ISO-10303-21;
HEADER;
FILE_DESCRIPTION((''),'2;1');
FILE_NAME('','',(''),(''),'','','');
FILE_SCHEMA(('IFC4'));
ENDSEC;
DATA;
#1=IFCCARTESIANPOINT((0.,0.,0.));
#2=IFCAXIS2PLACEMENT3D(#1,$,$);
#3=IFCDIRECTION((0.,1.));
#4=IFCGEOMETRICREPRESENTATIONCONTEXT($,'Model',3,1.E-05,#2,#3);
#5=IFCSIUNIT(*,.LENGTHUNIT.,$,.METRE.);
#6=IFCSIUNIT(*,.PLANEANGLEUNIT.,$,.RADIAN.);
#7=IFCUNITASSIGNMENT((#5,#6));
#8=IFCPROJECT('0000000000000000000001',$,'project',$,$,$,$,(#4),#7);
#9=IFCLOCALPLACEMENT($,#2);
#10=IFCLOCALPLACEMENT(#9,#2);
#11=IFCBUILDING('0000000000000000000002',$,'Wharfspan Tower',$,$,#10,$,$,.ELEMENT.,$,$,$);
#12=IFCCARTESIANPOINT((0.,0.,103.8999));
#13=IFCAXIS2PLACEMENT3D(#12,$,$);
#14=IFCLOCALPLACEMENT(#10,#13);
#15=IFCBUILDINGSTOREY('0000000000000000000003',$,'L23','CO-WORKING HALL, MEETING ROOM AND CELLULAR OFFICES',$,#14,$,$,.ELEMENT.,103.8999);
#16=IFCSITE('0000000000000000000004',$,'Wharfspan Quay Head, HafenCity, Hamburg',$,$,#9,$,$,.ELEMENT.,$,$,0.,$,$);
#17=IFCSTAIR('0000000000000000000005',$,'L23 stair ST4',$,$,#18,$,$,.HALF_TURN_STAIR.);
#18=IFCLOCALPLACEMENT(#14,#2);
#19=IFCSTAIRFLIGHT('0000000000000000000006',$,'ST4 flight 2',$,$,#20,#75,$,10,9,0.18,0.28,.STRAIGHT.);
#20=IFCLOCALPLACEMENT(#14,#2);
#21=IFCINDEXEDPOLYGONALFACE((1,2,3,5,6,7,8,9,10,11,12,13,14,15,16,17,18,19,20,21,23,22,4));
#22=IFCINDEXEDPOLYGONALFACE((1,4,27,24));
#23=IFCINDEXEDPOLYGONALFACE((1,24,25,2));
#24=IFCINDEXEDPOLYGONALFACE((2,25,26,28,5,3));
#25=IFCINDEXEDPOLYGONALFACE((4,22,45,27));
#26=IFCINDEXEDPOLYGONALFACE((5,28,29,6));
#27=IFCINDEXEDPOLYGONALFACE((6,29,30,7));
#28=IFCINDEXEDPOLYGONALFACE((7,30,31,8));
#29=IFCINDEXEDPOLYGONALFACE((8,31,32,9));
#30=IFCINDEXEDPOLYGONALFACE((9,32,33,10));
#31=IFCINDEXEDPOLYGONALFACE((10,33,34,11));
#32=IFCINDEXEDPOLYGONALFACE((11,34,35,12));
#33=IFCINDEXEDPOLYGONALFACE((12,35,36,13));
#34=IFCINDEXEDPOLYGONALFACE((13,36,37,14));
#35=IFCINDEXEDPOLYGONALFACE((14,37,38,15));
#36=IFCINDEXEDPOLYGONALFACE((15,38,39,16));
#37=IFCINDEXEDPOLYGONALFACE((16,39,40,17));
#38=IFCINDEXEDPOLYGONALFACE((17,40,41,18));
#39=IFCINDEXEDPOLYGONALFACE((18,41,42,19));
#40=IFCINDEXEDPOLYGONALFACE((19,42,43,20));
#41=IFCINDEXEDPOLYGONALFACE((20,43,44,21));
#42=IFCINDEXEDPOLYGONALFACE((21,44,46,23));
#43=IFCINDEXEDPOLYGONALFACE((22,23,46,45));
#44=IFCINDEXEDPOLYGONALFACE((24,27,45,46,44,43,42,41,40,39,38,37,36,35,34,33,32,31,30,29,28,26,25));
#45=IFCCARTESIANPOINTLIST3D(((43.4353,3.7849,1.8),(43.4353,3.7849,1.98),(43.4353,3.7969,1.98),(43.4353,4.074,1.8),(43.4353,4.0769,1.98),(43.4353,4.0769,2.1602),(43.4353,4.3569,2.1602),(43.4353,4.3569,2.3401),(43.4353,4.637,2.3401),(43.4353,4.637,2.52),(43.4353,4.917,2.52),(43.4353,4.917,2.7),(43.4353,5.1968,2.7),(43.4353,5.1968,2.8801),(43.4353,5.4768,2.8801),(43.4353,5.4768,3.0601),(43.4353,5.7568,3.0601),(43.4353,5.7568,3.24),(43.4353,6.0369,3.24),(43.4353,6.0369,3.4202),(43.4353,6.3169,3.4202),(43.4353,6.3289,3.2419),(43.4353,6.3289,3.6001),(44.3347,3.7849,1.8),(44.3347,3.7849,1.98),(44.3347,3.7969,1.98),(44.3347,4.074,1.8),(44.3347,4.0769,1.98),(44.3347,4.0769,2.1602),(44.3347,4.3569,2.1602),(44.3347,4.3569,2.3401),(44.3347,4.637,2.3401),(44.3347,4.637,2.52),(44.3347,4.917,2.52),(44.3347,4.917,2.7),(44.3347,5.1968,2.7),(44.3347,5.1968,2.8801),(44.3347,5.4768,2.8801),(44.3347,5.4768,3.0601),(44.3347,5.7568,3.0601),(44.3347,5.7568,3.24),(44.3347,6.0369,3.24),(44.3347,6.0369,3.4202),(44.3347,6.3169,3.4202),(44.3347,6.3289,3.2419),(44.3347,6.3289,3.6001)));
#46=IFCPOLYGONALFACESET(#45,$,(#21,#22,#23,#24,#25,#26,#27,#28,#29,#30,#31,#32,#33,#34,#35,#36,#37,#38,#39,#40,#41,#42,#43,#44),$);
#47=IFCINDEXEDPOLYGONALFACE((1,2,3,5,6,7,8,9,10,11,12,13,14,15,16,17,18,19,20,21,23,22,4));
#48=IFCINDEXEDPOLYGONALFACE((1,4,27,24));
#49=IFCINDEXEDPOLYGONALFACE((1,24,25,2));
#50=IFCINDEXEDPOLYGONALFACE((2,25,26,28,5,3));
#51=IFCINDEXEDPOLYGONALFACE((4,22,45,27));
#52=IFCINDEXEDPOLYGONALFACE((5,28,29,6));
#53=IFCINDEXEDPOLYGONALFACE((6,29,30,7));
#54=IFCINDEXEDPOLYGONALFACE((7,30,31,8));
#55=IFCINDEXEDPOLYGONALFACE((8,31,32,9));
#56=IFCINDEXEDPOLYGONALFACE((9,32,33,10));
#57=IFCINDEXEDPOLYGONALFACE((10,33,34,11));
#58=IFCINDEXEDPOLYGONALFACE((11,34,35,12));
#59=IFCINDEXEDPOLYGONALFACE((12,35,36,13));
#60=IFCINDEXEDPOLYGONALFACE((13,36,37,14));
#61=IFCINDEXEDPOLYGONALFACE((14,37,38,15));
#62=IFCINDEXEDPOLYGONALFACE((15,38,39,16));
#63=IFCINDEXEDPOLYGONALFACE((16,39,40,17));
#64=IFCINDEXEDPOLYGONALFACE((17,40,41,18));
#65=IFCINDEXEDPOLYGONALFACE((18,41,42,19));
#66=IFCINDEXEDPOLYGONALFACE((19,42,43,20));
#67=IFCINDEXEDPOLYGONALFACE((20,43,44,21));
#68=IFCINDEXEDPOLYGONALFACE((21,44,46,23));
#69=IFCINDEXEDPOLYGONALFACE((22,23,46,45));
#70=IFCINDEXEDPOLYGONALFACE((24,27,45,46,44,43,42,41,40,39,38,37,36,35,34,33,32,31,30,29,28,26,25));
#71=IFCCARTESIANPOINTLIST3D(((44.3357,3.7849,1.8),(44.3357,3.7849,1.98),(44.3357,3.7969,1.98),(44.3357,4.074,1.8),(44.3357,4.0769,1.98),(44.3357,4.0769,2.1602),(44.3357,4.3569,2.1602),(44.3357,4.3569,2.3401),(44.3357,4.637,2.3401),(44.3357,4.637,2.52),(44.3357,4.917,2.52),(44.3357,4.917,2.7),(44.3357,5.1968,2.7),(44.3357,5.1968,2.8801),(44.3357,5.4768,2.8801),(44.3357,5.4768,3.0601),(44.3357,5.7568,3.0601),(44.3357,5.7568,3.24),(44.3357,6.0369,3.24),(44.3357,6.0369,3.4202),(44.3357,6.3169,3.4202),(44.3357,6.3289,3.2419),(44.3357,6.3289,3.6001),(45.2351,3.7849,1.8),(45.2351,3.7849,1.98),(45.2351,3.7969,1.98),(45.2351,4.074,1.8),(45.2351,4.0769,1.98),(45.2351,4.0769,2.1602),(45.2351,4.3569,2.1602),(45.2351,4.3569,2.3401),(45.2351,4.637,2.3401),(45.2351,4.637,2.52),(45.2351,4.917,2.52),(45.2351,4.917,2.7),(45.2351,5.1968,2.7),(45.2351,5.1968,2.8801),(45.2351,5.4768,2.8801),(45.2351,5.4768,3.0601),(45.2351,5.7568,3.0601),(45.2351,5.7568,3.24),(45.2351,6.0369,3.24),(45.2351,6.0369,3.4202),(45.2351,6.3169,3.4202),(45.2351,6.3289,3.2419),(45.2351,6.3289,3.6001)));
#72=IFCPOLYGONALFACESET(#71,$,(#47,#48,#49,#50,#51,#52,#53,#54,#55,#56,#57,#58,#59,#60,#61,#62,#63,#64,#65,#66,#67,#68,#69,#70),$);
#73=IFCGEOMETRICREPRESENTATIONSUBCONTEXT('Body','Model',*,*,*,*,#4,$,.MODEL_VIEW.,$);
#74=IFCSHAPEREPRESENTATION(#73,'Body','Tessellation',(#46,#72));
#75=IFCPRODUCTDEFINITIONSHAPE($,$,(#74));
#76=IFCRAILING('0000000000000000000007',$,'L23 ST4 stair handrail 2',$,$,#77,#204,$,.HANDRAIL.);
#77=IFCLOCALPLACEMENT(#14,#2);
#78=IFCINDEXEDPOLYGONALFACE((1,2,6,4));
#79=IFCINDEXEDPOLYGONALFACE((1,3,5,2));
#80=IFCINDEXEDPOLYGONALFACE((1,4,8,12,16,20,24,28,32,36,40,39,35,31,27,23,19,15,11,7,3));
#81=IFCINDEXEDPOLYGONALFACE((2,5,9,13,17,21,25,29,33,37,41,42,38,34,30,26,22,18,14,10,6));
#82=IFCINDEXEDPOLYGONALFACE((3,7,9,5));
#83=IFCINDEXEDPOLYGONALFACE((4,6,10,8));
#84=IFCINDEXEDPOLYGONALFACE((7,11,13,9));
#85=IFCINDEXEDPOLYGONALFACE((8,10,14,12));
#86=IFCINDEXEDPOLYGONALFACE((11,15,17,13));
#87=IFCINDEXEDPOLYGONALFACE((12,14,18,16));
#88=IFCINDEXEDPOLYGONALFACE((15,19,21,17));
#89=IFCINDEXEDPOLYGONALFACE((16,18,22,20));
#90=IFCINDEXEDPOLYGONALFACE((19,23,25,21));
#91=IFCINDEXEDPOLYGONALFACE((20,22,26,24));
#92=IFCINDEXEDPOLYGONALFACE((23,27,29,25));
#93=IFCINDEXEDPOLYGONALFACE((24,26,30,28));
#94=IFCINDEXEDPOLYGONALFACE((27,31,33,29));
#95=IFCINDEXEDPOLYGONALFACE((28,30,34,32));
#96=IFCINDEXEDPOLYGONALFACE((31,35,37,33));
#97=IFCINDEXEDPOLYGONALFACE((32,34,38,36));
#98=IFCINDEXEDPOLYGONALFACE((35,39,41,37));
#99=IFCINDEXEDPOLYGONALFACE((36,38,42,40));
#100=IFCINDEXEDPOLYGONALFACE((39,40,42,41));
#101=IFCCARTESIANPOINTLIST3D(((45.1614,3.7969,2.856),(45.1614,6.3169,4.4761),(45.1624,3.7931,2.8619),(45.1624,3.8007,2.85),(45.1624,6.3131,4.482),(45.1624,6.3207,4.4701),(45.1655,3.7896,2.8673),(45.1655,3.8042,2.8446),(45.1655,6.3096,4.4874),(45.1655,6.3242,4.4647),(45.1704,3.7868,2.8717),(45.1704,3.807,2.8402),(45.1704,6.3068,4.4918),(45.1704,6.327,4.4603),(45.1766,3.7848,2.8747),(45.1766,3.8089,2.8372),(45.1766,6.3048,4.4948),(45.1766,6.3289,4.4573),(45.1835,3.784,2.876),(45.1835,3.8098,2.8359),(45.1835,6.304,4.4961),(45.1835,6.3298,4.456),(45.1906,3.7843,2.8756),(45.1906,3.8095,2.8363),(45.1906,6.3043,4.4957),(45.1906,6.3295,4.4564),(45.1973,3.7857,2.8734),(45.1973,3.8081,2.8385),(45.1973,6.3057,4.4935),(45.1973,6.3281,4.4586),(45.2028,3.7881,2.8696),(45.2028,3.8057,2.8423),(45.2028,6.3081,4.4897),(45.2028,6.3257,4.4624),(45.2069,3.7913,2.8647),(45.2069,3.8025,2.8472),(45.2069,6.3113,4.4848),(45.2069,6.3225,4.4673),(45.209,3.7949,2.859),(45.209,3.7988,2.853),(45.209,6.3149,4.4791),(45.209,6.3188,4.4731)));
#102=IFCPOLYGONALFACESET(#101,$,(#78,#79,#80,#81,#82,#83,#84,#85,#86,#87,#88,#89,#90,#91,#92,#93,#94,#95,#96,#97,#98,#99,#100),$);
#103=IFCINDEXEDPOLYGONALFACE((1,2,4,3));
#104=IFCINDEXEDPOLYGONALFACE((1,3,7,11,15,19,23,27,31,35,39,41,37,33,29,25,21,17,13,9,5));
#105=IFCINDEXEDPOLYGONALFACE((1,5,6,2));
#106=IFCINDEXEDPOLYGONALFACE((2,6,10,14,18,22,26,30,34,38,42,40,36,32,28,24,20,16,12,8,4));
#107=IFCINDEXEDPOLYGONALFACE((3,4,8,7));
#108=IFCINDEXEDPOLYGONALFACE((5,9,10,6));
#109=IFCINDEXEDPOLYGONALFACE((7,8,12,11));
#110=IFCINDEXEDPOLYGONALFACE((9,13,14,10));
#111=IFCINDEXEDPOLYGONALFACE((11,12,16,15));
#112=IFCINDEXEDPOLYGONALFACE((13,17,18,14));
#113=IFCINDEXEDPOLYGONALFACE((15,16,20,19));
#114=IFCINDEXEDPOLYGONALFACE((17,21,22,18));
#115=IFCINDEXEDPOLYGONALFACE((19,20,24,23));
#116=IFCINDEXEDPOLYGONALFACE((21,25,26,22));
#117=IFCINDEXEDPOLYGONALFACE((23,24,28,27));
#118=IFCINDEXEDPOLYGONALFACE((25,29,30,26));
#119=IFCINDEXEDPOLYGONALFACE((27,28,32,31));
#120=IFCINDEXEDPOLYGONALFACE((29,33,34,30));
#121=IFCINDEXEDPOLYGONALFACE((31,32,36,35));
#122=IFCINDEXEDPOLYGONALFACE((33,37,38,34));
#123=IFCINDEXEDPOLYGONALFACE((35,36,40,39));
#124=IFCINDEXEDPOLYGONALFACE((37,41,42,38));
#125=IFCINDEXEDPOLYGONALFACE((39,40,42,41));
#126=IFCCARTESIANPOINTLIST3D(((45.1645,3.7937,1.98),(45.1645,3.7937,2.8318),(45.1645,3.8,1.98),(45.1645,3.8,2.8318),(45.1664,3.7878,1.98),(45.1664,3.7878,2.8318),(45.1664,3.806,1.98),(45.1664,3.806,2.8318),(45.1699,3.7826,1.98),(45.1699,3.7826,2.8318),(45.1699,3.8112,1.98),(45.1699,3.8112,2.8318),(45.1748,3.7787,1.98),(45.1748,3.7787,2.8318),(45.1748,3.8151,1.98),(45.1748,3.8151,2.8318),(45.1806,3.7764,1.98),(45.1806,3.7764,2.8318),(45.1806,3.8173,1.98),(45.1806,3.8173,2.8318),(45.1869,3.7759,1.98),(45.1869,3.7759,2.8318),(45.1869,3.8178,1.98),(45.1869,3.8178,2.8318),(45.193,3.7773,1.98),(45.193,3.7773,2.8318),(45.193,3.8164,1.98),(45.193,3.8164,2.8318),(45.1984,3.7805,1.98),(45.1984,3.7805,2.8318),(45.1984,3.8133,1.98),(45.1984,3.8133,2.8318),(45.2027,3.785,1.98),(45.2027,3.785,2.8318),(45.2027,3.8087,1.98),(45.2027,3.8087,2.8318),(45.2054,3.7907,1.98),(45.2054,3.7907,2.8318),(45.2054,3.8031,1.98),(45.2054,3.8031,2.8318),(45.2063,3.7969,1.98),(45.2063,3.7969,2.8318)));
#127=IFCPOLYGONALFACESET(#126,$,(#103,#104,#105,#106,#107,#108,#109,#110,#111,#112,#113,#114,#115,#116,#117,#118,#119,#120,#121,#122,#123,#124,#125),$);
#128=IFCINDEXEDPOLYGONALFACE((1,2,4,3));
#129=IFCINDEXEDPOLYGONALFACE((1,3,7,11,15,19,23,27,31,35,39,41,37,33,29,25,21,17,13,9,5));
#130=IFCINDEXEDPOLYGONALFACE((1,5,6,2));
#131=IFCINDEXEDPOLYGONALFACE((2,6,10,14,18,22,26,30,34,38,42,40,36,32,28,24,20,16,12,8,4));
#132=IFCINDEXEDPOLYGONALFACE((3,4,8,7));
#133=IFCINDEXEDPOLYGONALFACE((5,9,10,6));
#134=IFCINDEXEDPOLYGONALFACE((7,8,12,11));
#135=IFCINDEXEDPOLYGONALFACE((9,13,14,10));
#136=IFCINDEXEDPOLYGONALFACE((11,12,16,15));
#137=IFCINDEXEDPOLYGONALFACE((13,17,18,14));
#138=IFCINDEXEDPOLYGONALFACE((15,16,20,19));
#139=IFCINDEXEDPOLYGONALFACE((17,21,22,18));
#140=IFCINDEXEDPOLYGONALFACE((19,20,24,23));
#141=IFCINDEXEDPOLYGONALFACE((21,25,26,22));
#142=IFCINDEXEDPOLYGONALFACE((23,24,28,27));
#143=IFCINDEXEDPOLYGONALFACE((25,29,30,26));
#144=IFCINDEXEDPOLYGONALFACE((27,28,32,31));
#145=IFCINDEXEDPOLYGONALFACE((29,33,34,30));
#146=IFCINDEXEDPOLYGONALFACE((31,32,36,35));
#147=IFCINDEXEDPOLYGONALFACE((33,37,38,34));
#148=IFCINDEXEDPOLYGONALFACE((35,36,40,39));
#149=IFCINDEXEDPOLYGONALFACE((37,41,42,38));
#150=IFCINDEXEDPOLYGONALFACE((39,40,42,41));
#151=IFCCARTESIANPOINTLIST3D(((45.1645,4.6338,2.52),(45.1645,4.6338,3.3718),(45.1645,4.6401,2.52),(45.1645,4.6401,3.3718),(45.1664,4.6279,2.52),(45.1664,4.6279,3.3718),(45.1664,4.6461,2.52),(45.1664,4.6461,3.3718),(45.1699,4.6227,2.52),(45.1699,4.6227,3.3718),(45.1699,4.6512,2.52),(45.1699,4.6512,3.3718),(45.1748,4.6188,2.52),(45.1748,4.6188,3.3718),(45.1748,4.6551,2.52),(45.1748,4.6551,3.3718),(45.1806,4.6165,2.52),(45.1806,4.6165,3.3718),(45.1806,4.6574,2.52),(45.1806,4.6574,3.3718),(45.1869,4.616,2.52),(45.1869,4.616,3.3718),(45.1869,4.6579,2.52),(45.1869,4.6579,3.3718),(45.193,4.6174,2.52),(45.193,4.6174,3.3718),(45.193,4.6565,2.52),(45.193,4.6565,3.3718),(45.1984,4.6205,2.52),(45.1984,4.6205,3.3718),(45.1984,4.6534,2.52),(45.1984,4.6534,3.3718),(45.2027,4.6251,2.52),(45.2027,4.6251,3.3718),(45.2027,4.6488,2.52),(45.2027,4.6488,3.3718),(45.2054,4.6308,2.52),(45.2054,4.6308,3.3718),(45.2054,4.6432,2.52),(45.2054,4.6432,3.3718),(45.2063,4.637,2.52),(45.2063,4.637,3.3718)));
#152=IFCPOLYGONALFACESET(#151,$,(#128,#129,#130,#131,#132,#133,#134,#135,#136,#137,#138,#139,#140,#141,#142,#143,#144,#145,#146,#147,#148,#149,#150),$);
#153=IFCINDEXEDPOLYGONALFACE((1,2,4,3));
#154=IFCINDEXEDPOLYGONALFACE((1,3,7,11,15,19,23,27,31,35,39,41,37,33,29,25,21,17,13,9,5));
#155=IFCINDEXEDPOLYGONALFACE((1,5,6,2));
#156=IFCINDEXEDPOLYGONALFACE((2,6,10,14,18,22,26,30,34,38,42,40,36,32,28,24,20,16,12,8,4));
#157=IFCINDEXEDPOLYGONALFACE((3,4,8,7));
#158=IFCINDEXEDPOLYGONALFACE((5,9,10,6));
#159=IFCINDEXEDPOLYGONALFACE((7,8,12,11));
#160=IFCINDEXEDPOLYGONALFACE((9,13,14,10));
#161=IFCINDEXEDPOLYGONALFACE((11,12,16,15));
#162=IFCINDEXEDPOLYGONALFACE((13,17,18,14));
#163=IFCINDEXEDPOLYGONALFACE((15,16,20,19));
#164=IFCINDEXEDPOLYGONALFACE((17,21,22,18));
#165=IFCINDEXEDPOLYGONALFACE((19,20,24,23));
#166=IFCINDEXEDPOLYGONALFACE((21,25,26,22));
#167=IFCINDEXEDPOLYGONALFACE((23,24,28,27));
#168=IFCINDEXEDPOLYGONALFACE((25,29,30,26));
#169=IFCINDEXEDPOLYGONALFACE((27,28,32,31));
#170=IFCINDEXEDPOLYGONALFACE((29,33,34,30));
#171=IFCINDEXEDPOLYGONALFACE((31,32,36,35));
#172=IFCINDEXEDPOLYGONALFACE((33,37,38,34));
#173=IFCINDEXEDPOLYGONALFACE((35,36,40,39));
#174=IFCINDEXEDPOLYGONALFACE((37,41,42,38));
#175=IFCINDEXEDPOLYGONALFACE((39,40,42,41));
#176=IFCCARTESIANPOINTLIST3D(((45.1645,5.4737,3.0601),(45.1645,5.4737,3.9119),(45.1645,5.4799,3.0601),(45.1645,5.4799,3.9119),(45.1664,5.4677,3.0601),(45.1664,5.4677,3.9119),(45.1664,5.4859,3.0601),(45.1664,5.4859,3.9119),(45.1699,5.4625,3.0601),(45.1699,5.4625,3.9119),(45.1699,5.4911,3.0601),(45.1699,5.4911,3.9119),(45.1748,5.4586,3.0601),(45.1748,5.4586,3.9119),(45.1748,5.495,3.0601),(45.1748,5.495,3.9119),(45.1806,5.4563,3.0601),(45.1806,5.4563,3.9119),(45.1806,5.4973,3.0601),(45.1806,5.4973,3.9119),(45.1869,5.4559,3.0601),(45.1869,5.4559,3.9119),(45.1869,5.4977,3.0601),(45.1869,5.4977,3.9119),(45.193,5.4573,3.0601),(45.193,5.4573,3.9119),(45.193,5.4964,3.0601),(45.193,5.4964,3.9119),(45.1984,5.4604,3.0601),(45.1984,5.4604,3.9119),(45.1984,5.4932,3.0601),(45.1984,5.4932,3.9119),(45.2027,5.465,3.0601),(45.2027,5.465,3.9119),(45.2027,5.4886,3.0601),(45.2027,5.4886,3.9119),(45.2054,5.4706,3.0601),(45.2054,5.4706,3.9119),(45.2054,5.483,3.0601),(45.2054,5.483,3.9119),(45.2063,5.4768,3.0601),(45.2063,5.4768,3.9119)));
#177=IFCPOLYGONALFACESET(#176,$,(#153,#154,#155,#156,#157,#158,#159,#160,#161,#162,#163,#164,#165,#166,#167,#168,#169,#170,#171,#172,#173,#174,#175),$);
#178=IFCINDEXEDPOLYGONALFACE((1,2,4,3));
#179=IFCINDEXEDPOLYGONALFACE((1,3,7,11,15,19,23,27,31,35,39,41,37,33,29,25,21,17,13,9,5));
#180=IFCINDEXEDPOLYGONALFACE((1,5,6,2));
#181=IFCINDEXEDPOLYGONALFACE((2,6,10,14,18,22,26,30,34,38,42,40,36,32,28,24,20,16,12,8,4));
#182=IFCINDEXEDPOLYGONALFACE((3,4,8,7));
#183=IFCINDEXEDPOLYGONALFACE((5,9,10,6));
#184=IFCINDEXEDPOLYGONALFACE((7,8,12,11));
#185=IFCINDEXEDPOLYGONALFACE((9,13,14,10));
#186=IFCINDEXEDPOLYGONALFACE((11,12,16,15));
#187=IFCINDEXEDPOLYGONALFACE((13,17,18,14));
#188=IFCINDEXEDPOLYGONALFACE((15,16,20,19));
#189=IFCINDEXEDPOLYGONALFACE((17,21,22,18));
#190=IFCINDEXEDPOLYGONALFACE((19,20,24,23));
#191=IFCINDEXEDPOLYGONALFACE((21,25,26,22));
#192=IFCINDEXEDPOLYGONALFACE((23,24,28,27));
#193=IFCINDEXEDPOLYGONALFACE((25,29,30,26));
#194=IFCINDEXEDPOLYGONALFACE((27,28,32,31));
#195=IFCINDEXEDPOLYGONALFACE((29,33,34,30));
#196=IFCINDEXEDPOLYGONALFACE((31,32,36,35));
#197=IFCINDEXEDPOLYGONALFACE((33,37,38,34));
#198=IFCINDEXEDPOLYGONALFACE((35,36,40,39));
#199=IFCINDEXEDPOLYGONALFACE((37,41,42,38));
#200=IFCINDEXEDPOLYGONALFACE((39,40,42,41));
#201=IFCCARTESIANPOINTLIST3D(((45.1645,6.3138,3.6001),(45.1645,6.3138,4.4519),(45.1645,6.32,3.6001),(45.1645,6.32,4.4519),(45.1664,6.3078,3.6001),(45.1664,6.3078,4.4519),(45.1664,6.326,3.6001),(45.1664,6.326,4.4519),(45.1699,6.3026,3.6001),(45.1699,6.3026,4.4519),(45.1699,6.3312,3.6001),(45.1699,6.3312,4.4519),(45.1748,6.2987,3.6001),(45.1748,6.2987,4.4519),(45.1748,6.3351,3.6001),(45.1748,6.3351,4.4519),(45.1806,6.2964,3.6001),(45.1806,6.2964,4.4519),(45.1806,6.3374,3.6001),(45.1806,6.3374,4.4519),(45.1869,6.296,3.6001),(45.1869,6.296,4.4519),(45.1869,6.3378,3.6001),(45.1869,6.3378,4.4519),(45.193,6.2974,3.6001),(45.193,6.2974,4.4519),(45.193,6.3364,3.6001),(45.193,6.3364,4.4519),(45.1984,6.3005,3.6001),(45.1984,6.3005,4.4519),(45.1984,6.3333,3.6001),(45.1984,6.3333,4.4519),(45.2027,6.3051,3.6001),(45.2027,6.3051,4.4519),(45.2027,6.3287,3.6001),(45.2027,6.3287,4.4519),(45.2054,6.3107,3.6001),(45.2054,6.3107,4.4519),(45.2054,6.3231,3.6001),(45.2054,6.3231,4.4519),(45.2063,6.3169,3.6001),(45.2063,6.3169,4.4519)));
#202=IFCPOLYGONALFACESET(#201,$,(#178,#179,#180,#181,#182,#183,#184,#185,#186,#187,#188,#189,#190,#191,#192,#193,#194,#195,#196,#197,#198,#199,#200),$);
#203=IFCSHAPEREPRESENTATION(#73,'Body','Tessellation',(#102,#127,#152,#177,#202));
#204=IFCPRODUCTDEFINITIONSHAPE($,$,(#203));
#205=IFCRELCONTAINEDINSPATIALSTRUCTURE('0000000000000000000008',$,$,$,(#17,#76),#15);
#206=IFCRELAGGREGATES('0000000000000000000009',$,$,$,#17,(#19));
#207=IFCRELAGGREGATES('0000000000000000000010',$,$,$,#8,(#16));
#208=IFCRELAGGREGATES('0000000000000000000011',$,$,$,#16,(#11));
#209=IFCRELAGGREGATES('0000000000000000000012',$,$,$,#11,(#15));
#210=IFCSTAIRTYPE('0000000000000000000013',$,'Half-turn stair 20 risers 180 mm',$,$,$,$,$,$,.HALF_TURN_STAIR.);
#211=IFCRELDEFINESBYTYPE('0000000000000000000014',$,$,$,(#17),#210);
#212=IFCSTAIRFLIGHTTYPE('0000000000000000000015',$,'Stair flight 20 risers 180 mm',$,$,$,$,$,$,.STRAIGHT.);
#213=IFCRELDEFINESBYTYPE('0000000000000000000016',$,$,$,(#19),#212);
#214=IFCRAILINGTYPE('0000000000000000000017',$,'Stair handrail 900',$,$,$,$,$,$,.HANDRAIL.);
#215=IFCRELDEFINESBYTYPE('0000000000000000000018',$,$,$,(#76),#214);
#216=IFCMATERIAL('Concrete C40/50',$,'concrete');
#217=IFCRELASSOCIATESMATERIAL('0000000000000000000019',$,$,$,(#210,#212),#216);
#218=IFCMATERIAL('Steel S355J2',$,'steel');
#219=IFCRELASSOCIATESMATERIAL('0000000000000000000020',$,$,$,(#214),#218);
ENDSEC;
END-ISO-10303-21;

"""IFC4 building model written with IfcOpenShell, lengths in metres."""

from ifc_helpers import new_model, si_unit, direction, frame, origin, origin_2d, place, context, subcontext, project, spatial, polyline, circle, outline, extrude, material, type_object, element, aggregate, save


model = new_model("IFC4")

# Units and contexts
model_context = context("Model", 3, precision=1e-05, world=origin(), true_north=direction((0.0, 1.0)))
body_context = subcontext(model_context, "Body", "Model", "MODEL_VIEW")
ifc_project = project(units=[si_unit("LENGTHUNIT", "METRE"), si_unit("PLANEANGLEUNIT", "RADIAN")], contexts=[model_context])

# Site, building, storey
site_placement = place(None, origin())
site = spatial("IfcSite", under=ifc_project, at=site_placement, Name="Wharfspan Quay Head, HafenCity, Hamburg", CompositionType="ELEMENT", RefElevation=0.0)
building_placement = place(site_placement, origin())
building = spatial("IfcBuilding", under=site, at=building_placement, Name="Wharfspan Tower", CompositionType="ELEMENT")
storey_placement = place(building_placement, frame((0.0, 0.0, 103.8999)))
storey = spatial("IfcBuildingStorey", under=building, at=storey_placement, Name="L23", Description="CO-WORKING HALL, MEETING ROOM AND CELLULAR OFFICES", CompositionType="ELEMENT", Elevation=103.8999)

# Shared definitions
ifc_material_1 = material(Name="Steel S355J2", Category="steel")

# Shared definitions
ifc_material_2 = material(Name="Concrete C40/50", Category="concrete")

# Stair, stair flight
stair_type = type_object("IfcStairType", Name="Half-turn stair 20 risers 180 mm", PredefinedType="HALF_TURN_STAIR", material=ifc_material_2)
stair_placement = place(storey_placement, origin())
stair = element("IfcStair", 1, at=stair_placement, inside=storey, type_object=stair_type, Name="L23 stair ST4", PredefinedType="HALF_TURN_STAIR")
stair_flight_type = type_object("IfcStairFlightType", Name="Stair flight 20 risers 180 mm", PredefinedType="STRAIGHT", material=ifc_material_2)
stair_flight_placement = place(storey_placement, frame((44.3352, 3.7969, 1.8), z_axis=(0.0, 0.0, 1.0), x_axis=(0.0, 1.0, 0.0)))
stair_flight = element("IfcStairFlight", 2, at=stair_flight_placement, type_object=stair_flight_type, Name="ST4 flight 2", NumberOfRisers=10, NumberOfTreads=9, PredefinedType="STRAIGHT", RiserHeight=0.18, TreadLength=0.28, context=body_context, shape_type="SweptSolid", body=[
    extrude(outline(polyline([(-0.012, 0.0), (-0.012, 0.1799), (0.0, 0.1799), (0.28, 0.1799), (0.28, 0.3601), (0.5601, 0.3601), (0.5601, 0.54), (0.8401, 0.54), (0.8401, 0.72), (1.1201, 0.72), (1.1201, 0.8999), (1.3999, 0.8999), (1.3999, 1.0801), (1.6799, 1.0801), (1.6799, 1.26), (1.96, 1.26), (1.96, 1.4399), (2.24, 1.4399), (2.24, 1.6201), (2.52, 1.6201), (2.532, 1.8), (2.532, 1.4419), (0.2771, 0.0), (-0.012, 0.0)])), frame((0.0, 0.8999, 0.0), z_axis=(0.0, -1.0, 0.0), x_axis=(1.0, 0.0, 0.0)), (0.0, 0.0, 1.0), 0.8994),
    extrude(outline(polyline([(-0.012, 0.0), (-0.012, 0.1799), (0.0, 0.1799), (0.28, 0.1799), (0.28, 0.3601), (0.5601, 0.3601), (0.5601, 0.54), (0.8401, 0.54), (0.8401, 0.72), (1.1201, 0.72), (1.1201, 0.8999), (1.3999, 0.8999), (1.3999, 1.0801), (1.6799, 1.0801), (1.6799, 1.26), (1.96, 1.26), (1.96, 1.4399), (2.24, 1.4399), (2.24, 1.6201), (2.52, 1.6201), (2.532, 1.8), (2.532, 1.4419), (0.2771, 0.0), (-0.012, 0.0)])), frame((0.0, -0.0005, 0.0), z_axis=(0.0, -1.0, 0.0), x_axis=(1.0, 0.0, 0.0)), (0.0, 0.0, 1.0), 0.8994),
])
aggregate(stair, [stair_flight])

# Railing
railing_type = type_object("IfcRailingType", Name="Stair handrail 900", PredefinedType="HANDRAIL", material=ifc_material_1)
railing_placement = place(storey_placement, frame((45.1853, 3.7969, 1.98)))
element("IfcRailing", 3, at=railing_placement, inside=storey, type_object=railing_type, Name="L23 ST4 stair handrail 2", PredefinedType="HANDRAIL", context=body_context, shape_type="SweptSolid", body=[
    extrude(circle(Radius=0.0239, at=origin_2d()), frame((0.0, 0.0, 0.876), z_axis=(0.0, 0.841163, 0.540782), x_axis=(-1.0, 0.0, 0.0)), (0.0, 0.0, 1.0), 2.9958),
    extrude(circle(Radius=0.021, at=origin_2d()), origin(), (0.0, 0.0, 1.0), 0.8518),
    extrude(circle(Radius=0.021, at=origin_2d()), frame((0.0, 0.8401, 0.54)), (0.0, 0.0, 1.0), 0.8518),
    extrude(circle(Radius=0.021, at=origin_2d()), frame((0.0, 1.6799, 1.0801)), (0.0, 0.0, 1.0), 0.8518),
    extrude(circle(Radius=0.021, at=origin_2d()), frame((0.0, 2.52, 1.6201)), (0.0, 0.0, 1.0), 0.8518),
])

save(model, "model.ifc")
